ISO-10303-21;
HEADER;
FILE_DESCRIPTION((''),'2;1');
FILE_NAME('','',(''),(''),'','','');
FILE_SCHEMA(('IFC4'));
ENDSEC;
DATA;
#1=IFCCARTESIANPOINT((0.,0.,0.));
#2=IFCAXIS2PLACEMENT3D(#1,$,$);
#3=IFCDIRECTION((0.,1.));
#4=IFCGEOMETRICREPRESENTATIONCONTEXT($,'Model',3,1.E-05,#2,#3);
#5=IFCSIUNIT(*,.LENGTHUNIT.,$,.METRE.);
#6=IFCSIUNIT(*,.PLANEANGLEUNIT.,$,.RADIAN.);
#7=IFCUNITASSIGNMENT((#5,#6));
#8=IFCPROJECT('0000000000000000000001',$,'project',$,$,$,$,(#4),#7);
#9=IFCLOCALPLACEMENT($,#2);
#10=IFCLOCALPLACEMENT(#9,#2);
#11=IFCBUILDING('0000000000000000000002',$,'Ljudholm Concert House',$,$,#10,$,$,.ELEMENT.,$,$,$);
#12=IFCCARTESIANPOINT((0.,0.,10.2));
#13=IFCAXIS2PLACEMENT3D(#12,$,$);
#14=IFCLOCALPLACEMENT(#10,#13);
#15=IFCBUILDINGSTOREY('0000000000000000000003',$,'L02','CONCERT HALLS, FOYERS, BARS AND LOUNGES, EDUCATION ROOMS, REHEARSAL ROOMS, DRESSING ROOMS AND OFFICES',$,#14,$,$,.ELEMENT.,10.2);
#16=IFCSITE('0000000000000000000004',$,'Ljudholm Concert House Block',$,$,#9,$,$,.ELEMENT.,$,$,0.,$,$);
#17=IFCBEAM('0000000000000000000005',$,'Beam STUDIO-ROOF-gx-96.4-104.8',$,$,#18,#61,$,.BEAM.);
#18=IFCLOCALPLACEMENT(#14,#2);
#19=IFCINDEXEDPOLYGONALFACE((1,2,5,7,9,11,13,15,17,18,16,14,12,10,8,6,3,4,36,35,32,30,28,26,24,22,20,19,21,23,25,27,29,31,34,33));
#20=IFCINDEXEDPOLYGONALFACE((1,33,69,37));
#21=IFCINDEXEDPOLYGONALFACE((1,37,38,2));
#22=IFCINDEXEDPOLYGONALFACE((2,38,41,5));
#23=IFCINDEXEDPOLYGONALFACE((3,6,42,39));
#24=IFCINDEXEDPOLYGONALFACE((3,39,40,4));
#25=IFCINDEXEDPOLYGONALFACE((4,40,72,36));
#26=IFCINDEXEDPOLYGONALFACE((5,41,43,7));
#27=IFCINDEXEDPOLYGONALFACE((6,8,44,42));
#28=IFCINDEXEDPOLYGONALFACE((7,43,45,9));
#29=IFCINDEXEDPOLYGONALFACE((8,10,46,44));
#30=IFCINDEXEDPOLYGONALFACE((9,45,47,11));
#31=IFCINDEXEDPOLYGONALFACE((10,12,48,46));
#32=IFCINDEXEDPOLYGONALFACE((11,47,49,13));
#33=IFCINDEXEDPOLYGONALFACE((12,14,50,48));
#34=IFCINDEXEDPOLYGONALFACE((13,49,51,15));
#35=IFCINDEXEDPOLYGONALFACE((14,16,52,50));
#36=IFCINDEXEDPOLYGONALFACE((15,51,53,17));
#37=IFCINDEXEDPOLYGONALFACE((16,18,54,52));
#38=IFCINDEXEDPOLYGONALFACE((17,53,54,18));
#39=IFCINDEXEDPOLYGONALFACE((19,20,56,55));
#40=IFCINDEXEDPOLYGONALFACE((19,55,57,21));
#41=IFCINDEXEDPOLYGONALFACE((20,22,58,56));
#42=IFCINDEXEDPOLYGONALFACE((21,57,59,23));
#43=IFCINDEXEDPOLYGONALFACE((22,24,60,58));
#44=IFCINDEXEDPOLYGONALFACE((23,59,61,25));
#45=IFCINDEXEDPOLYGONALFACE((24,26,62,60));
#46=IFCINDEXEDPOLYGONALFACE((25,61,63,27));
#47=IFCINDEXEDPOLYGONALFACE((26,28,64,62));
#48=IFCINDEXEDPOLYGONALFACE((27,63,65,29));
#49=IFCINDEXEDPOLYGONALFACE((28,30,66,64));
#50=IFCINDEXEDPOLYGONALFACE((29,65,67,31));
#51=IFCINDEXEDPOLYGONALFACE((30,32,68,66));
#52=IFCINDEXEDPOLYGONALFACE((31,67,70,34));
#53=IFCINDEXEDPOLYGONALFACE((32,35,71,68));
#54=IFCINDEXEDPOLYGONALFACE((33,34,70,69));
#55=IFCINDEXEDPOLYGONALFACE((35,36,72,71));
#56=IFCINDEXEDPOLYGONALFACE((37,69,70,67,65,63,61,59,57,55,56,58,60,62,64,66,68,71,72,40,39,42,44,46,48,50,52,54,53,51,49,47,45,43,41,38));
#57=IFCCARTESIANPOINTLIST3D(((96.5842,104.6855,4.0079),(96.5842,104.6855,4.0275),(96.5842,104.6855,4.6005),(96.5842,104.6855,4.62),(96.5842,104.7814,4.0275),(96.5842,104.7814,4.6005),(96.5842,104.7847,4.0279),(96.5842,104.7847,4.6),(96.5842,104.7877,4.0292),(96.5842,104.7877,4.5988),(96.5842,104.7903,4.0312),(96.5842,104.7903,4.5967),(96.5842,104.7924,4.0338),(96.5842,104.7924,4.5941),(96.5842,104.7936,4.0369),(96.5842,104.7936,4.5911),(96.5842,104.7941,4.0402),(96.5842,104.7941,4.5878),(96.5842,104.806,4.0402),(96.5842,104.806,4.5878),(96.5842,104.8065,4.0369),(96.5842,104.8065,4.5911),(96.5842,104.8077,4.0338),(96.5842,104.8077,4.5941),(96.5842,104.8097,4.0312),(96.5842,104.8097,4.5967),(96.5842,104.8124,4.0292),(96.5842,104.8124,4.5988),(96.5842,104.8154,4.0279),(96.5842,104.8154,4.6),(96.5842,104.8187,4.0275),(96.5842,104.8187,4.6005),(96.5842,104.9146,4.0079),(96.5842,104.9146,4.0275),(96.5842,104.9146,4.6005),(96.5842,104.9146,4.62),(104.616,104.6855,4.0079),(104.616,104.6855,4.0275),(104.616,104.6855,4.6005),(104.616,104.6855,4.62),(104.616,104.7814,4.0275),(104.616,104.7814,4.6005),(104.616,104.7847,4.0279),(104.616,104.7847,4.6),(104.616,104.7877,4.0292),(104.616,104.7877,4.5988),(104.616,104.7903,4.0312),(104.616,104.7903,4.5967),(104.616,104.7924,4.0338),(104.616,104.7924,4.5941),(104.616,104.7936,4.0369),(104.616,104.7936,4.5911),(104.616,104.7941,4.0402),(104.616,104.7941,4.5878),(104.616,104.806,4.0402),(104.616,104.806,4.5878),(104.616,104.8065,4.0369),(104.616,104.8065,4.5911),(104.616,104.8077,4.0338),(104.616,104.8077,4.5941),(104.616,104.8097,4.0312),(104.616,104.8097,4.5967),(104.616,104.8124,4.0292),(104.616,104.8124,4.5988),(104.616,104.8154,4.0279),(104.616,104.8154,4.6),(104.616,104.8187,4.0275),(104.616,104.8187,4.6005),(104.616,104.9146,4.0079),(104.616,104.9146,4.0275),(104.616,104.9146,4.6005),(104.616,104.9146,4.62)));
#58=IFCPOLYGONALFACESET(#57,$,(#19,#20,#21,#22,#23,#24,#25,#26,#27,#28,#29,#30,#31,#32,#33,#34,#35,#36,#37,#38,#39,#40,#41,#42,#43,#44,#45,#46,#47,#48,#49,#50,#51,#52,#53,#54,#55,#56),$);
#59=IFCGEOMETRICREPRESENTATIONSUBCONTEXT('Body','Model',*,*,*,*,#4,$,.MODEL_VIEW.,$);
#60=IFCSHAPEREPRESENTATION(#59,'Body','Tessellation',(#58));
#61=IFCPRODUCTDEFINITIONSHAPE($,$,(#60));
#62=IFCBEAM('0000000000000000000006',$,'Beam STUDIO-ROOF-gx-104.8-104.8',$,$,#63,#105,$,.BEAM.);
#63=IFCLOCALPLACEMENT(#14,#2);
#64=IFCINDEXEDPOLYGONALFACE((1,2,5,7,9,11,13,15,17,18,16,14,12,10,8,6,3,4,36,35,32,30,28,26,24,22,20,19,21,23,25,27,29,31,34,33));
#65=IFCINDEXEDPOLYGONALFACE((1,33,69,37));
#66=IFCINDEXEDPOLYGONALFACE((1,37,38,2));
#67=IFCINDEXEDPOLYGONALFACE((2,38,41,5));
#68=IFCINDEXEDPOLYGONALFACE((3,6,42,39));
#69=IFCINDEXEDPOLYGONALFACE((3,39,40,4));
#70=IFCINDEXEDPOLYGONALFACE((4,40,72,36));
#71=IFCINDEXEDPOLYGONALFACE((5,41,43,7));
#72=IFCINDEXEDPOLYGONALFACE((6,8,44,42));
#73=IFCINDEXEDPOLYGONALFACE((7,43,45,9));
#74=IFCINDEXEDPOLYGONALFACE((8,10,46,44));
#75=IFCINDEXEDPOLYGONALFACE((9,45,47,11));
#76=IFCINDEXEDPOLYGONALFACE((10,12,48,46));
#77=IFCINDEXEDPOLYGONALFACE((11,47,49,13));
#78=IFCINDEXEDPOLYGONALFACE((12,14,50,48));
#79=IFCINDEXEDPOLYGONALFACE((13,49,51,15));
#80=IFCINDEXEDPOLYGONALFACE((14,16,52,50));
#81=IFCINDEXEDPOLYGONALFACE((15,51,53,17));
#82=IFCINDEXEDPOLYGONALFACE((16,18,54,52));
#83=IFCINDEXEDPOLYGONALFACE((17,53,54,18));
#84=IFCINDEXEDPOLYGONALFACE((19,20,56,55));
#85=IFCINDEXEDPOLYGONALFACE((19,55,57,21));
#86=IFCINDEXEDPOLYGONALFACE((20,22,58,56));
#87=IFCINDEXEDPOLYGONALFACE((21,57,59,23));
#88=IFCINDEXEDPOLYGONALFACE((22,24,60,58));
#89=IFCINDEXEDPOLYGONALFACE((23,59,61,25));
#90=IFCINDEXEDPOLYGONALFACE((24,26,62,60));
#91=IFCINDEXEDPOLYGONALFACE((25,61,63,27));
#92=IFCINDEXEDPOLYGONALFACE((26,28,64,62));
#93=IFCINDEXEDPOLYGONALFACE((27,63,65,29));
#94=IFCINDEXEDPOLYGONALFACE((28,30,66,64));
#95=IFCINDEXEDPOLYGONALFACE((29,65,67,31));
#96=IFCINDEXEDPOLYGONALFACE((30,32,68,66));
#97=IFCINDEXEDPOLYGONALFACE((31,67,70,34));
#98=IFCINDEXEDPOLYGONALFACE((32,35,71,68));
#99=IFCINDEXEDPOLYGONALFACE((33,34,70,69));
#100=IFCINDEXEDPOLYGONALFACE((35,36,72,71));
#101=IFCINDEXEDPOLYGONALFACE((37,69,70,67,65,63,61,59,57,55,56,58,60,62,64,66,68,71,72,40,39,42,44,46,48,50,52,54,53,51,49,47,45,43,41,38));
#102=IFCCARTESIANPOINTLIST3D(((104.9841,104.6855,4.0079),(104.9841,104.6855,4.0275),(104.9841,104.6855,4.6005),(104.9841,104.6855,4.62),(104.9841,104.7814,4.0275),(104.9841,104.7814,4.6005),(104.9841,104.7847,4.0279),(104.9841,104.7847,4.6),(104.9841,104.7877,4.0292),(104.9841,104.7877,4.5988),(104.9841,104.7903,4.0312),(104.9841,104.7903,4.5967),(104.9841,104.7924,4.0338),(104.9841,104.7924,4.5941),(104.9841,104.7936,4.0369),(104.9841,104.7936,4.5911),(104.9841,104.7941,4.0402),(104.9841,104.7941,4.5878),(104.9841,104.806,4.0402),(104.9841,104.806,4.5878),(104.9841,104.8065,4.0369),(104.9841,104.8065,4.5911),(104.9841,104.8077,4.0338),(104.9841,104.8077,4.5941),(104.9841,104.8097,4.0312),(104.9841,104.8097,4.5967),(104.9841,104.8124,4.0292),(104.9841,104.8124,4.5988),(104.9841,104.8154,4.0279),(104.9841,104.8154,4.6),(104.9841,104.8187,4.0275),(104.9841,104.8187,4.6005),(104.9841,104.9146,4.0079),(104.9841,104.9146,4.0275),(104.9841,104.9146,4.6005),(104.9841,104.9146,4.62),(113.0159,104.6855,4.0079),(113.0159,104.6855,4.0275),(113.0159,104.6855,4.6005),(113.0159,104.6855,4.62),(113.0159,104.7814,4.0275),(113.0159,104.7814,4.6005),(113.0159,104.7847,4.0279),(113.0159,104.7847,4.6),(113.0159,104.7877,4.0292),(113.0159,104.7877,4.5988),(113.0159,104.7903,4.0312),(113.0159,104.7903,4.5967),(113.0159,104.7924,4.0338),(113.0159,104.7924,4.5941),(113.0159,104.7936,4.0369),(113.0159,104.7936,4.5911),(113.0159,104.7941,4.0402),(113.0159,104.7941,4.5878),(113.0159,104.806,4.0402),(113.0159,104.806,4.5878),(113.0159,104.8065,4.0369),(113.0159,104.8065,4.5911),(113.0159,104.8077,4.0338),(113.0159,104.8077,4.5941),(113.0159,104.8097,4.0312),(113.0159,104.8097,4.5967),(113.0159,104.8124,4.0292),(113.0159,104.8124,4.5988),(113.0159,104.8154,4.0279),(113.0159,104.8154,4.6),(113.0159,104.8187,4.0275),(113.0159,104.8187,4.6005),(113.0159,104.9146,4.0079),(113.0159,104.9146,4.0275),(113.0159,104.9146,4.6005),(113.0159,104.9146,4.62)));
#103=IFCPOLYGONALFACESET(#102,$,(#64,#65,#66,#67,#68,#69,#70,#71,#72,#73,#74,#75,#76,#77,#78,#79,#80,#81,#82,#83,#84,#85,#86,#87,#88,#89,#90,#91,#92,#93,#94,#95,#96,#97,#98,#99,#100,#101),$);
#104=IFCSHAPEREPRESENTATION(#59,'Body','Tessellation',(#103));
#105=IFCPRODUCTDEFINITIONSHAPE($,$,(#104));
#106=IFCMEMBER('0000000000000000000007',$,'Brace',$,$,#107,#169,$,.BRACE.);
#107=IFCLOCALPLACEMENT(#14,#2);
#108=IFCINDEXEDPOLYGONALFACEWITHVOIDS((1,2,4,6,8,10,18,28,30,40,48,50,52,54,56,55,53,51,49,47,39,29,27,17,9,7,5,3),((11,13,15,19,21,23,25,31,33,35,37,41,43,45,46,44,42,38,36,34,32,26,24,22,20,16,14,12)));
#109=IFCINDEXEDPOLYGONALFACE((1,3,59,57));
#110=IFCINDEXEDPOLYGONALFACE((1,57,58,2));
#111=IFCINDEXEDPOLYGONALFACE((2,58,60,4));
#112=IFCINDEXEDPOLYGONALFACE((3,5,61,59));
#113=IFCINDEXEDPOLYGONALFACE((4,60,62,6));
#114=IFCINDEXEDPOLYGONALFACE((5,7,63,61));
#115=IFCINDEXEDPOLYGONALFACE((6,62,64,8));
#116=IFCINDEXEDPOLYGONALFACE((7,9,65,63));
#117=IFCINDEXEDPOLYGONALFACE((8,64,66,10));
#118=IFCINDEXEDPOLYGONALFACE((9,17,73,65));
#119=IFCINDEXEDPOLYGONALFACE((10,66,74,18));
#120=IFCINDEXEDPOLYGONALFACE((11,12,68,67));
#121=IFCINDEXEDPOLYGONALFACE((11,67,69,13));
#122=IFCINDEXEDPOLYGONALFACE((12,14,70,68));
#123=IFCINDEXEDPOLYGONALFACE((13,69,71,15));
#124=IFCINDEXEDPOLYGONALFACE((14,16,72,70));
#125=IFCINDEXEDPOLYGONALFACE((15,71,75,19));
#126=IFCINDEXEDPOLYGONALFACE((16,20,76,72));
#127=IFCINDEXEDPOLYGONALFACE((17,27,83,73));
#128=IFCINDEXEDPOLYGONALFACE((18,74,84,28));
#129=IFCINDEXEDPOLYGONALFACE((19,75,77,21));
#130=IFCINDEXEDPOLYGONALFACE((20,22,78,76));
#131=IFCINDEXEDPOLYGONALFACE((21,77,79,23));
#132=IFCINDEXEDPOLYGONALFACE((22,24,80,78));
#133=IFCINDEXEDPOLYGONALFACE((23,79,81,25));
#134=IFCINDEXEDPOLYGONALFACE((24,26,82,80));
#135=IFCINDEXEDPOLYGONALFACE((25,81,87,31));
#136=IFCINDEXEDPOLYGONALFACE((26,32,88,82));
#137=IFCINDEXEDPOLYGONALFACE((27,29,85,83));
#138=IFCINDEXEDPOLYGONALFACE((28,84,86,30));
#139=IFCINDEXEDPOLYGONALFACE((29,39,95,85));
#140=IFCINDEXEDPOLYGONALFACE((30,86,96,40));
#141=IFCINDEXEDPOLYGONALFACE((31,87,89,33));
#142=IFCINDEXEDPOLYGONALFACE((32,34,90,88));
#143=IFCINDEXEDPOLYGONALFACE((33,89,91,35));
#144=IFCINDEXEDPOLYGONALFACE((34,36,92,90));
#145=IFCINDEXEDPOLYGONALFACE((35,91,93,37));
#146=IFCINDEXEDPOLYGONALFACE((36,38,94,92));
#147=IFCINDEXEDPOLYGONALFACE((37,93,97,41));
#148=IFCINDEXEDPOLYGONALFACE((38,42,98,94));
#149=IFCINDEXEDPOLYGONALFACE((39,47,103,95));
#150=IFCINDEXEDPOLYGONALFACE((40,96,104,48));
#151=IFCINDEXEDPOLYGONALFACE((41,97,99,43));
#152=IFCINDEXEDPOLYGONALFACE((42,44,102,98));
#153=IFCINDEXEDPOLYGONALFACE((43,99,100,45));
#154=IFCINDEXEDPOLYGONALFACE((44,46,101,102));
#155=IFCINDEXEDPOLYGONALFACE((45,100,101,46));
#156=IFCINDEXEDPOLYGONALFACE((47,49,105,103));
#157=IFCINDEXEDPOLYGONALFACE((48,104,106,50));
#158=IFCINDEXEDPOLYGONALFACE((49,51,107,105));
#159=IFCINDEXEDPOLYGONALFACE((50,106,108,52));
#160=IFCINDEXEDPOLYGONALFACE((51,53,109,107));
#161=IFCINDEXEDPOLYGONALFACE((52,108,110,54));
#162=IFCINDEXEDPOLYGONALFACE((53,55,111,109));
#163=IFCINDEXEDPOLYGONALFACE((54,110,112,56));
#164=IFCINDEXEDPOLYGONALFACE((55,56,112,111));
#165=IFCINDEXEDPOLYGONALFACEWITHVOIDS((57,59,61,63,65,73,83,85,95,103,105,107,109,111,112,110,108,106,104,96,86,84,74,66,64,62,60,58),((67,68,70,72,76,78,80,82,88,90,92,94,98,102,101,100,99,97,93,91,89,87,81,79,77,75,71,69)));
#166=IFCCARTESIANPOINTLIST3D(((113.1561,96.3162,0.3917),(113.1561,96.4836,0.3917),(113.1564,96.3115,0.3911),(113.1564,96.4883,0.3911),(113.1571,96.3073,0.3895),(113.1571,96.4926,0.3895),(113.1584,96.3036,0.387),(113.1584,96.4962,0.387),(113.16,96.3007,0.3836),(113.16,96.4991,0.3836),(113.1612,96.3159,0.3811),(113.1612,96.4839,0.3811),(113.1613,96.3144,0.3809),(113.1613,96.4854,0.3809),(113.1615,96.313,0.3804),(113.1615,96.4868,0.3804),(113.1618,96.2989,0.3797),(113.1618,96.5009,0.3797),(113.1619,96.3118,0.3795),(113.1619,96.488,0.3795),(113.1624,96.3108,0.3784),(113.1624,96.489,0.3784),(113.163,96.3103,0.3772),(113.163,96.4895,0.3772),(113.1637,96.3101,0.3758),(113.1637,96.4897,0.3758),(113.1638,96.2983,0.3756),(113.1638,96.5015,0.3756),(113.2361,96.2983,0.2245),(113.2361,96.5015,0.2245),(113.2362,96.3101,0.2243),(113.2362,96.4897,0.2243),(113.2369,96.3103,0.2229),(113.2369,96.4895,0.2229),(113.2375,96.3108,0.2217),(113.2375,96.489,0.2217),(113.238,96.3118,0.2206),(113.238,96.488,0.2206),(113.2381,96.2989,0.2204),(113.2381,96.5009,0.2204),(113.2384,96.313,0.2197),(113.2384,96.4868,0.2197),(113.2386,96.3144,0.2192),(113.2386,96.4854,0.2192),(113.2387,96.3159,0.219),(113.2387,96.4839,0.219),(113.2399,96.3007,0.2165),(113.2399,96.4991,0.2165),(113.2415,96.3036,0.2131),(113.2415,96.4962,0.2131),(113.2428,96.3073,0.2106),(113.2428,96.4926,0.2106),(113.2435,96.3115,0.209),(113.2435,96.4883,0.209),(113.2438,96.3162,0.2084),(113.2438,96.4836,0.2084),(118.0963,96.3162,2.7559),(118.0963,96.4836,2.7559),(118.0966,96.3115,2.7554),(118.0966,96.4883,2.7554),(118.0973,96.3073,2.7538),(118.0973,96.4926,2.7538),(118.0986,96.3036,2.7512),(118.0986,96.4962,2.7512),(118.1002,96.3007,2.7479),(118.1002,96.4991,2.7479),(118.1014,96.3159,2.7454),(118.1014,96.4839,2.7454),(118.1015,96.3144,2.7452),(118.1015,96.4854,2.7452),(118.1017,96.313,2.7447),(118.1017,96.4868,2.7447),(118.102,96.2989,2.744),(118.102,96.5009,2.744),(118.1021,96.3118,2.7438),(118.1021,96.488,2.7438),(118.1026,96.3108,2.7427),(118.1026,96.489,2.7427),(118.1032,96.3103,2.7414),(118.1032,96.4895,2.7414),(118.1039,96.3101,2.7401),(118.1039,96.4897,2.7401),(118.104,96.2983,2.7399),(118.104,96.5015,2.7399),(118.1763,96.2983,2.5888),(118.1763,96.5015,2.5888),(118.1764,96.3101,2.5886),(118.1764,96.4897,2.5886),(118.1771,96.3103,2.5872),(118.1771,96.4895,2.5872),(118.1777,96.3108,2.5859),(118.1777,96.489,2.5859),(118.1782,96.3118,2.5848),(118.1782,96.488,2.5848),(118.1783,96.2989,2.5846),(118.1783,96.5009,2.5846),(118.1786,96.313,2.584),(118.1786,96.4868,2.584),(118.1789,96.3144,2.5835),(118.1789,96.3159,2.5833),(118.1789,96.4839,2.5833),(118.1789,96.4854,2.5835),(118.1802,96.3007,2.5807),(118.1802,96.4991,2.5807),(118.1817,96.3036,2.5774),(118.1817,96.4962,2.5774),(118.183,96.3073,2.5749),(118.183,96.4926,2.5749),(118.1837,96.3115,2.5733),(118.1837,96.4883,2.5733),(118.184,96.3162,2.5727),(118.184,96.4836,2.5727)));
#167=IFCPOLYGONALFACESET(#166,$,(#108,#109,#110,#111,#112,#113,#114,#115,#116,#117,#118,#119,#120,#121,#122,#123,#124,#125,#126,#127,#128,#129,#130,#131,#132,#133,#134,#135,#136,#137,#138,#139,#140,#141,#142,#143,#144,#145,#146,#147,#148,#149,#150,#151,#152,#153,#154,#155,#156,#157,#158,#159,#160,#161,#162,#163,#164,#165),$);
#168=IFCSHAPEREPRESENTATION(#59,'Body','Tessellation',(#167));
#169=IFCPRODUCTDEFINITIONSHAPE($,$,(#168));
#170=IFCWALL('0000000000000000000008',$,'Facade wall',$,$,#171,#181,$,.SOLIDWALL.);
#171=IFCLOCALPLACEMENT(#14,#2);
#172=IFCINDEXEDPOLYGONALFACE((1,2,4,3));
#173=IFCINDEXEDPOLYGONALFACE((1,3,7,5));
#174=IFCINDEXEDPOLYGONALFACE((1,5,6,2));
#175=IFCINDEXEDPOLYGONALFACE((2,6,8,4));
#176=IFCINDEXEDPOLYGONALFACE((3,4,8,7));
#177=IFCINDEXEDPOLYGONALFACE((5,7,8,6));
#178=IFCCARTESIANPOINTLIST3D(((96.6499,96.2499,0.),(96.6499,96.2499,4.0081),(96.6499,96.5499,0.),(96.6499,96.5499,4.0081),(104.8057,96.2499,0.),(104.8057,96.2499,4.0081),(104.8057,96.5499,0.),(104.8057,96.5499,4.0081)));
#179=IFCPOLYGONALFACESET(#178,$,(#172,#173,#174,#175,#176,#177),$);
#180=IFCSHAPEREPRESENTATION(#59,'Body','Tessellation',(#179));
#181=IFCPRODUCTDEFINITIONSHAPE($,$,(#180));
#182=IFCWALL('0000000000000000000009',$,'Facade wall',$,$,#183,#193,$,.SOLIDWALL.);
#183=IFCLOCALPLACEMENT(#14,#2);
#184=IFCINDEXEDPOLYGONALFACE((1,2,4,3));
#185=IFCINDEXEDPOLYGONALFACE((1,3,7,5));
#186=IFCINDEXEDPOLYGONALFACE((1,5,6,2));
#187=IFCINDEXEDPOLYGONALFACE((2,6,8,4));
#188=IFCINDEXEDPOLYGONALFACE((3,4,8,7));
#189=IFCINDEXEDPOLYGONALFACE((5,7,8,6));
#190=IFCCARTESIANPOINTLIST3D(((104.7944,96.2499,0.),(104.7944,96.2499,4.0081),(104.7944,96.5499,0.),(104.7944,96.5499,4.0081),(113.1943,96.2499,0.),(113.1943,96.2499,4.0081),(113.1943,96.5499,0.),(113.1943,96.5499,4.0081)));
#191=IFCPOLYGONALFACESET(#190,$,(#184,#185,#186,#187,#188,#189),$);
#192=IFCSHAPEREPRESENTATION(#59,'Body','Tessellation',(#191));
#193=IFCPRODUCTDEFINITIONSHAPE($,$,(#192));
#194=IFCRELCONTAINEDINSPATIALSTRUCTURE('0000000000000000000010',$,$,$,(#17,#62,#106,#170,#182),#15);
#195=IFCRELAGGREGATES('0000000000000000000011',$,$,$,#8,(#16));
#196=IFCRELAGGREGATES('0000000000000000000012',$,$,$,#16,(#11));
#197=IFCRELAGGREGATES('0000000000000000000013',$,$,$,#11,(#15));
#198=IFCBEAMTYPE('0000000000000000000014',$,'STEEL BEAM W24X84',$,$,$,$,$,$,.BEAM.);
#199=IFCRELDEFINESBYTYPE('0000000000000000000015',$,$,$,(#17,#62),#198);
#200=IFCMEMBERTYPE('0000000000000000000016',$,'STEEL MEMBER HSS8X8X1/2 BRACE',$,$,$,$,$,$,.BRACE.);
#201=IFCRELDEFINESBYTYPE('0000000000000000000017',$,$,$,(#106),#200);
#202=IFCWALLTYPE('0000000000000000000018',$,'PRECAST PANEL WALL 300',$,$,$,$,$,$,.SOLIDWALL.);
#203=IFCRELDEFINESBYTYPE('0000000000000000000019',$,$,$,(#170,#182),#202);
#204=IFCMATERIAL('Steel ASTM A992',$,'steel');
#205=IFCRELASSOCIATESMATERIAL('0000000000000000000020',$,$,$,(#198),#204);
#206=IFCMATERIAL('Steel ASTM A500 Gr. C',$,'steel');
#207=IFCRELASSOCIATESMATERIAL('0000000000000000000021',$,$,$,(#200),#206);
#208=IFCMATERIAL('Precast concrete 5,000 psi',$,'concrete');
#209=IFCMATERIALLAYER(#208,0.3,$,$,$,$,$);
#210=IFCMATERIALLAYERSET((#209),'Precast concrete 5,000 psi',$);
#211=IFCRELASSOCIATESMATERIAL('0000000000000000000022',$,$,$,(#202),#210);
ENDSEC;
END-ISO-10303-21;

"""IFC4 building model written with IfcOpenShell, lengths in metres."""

from ifc_helpers import new_model, si_unit, direction, frame, frame_2d, origin, origin_2d, place, context, subcontext, project, spatial, rectangle, hollow_rectangle, i_section, extrude, material, layer, layer_set, material_profile, profile_set, type_object, element, save


model = new_model("IFC4")

# Units and contexts
model_context = context("Model", 3, precision=1e-05, world=origin(), true_north=direction((0.0, 1.0)))
body_context = subcontext(model_context, "Body", "Model", "MODEL_VIEW")
ifc_project = project(units=[si_unit("LENGTHUNIT", "METRE"), si_unit("PLANEANGLEUNIT", "RADIAN")], contexts=[model_context])

# Site, building, storey
site_placement = place(None, origin())
site = spatial("IfcSite", under=ifc_project, at=site_placement, Name="Ljudholm Concert House Block", CompositionType="ELEMENT", RefElevation=0.0)
building_placement = place(site_placement, origin())
building = spatial("IfcBuilding", under=site, at=building_placement, Name="Ljudholm Concert House", CompositionType="ELEMENT")
storey_placement = place(building_placement, frame((0.0, 0.0, 10.2)))
storey = spatial("IfcBuildingStorey", under=building, at=storey_placement, Name="L02", Description="CONCERT HALLS, FOYERS, BARS AND LOUNGES, EDUCATION ROOMS, REHEARSAL ROOMS, DRESSING ROOMS AND OFFICES", CompositionType="ELEMENT", Elevation=10.2)

# Beams
ifc_material_1 = material(Name="Steel ASTM A992", Category="steel")
ifc_material_profile_1 = material_profile(ifc_material_1, i_section(OverallWidth=0.229, OverallDepth=0.6121, WebThickness=0.012, FlangeThickness=0.0195, FilletRadius=0.0127, at=origin_2d()), Name="W24X84")
ifc_profile_set_1 = profile_set([ifc_material_profile_1], Name="Steel ASTM A992")
beam_type_1 = type_object("IfcBeamType", Name="STEEL BEAM W24X84", PredefinedType="BEAM", material=ifc_profile_set_1)
for number, where, z_axis, x_axis, name in (
    (1, (96.5842, 104.8, 4.314), (1.0, 0.0, 0.0), (0.0, 1.0, 0.0), "Beam STUDIO-ROOF-gx-96.4-104.8"),
    (2, (104.9841, 104.8, 4.314), (1.0, 0.0, 0.0), (0.0, 1.0, 0.0), "Beam STUDIO-ROOF-gx-104.8-104.8"),
):
    element("IfcBeam", number, at=place(storey_placement, frame(where, z_axis=z_axis, x_axis=x_axis)), inside=storey, type_object=beam_type_1, Name=name, PredefinedType="BEAM", context=body_context, shape_type="SweptSolid", body=[
        extrude(i_section(OverallWidth=0.229, OverallDepth=0.6121, WebThickness=0.012, FlangeThickness=0.0195, FilletRadius=0.0127, at=origin_2d()), origin(), (0.0, 0.0, 1.0), 8.0317),
    ])

# Member
ifc_material_2 = material(Name="Steel ASTM A500 Gr. C", Category="steel")
ifc_material_profile_2 = material_profile(ifc_material_2, hollow_rectangle(XDim=0.2031, YDim=0.2031, WallThickness=0.0117, InnerFilletRadius=0.0059, OuterFilletRadius=0.0178, at=origin_2d()), Name="HSS8X8X1/2")
ifc_profile_set_2 = profile_set([ifc_material_profile_2], Name="Steel ASTM A500 Gr. C")
member_type = type_object("IfcMemberType", Name="STEEL MEMBER HSS8X8X1/2 BRACE", PredefinedType="BRACE", material=ifc_profile_set_2)
member_placement = place(storey_placement, frame((113.2, 96.3999, 0.3), z_axis=(0.902023, 0.0, 0.431687), x_axis=(0.0, 1.0, 0.0)))
element("IfcMember", 3, at=member_placement, inside=storey, type_object=member_type, Name="Brace", PredefinedType="BRACE", context=body_context, shape_type="SweptSolid", body=[
    extrude(hollow_rectangle(XDim=0.2031, YDim=0.2031, WallThickness=0.0117, InnerFilletRadius=0.0059, OuterFilletRadius=0.0178, at=origin_2d()), origin(), (0.0, 0.0, 1.0), 5.4768),
])

# Walls
ifc_material_3 = material(Name="Precast concrete 5,000 psi", Category="concrete")
ifc_layer_1 = layer(ifc_material_3, 0.3)
ifc_layer_set_1 = layer_set([ifc_layer_1], Name="Precast concrete 5,000 psi")
wall_type = type_object("IfcWallType", Name="PRECAST PANEL WALL 300", PredefinedType="SOLIDWALL", material=ifc_layer_set_1)
wall_1_placement = place(storey_placement, frame((96.6499, 96.3999, 0.0), z_axis=(0.0, 0.0, 1.0), x_axis=(1.0, 0.0, 0.0)))
element("IfcWall", 4, at=wall_1_placement, inside=storey, type_object=wall_type, Name="Facade wall", PredefinedType="SOLIDWALL", context=body_context, shape_type="SweptSolid", body=[
    extrude(rectangle(XDim=8.1558, YDim=0.3, at=frame_2d((4.0779, 0.0))), origin(), (0.0, 0.0, 1.0), 4.0081),
])
wall_2_placement = place(storey_placement, frame((104.7944, 96.3999, 0.0), z_axis=(0.0, 0.0, 1.0), x_axis=(1.0, 0.0, 0.0)))
element("IfcWall", 5, at=wall_2_placement, inside=storey, type_object=wall_type, Name="Facade wall", PredefinedType="SOLIDWALL", context=body_context, shape_type="SweptSolid", body=[
    extrude(rectangle(XDim=8.3999, YDim=0.3, at=frame_2d((4.2, 0.0))), origin(), (0.0, 0.0, 1.0), 4.0081),
])

save(model, "model.ifc")
